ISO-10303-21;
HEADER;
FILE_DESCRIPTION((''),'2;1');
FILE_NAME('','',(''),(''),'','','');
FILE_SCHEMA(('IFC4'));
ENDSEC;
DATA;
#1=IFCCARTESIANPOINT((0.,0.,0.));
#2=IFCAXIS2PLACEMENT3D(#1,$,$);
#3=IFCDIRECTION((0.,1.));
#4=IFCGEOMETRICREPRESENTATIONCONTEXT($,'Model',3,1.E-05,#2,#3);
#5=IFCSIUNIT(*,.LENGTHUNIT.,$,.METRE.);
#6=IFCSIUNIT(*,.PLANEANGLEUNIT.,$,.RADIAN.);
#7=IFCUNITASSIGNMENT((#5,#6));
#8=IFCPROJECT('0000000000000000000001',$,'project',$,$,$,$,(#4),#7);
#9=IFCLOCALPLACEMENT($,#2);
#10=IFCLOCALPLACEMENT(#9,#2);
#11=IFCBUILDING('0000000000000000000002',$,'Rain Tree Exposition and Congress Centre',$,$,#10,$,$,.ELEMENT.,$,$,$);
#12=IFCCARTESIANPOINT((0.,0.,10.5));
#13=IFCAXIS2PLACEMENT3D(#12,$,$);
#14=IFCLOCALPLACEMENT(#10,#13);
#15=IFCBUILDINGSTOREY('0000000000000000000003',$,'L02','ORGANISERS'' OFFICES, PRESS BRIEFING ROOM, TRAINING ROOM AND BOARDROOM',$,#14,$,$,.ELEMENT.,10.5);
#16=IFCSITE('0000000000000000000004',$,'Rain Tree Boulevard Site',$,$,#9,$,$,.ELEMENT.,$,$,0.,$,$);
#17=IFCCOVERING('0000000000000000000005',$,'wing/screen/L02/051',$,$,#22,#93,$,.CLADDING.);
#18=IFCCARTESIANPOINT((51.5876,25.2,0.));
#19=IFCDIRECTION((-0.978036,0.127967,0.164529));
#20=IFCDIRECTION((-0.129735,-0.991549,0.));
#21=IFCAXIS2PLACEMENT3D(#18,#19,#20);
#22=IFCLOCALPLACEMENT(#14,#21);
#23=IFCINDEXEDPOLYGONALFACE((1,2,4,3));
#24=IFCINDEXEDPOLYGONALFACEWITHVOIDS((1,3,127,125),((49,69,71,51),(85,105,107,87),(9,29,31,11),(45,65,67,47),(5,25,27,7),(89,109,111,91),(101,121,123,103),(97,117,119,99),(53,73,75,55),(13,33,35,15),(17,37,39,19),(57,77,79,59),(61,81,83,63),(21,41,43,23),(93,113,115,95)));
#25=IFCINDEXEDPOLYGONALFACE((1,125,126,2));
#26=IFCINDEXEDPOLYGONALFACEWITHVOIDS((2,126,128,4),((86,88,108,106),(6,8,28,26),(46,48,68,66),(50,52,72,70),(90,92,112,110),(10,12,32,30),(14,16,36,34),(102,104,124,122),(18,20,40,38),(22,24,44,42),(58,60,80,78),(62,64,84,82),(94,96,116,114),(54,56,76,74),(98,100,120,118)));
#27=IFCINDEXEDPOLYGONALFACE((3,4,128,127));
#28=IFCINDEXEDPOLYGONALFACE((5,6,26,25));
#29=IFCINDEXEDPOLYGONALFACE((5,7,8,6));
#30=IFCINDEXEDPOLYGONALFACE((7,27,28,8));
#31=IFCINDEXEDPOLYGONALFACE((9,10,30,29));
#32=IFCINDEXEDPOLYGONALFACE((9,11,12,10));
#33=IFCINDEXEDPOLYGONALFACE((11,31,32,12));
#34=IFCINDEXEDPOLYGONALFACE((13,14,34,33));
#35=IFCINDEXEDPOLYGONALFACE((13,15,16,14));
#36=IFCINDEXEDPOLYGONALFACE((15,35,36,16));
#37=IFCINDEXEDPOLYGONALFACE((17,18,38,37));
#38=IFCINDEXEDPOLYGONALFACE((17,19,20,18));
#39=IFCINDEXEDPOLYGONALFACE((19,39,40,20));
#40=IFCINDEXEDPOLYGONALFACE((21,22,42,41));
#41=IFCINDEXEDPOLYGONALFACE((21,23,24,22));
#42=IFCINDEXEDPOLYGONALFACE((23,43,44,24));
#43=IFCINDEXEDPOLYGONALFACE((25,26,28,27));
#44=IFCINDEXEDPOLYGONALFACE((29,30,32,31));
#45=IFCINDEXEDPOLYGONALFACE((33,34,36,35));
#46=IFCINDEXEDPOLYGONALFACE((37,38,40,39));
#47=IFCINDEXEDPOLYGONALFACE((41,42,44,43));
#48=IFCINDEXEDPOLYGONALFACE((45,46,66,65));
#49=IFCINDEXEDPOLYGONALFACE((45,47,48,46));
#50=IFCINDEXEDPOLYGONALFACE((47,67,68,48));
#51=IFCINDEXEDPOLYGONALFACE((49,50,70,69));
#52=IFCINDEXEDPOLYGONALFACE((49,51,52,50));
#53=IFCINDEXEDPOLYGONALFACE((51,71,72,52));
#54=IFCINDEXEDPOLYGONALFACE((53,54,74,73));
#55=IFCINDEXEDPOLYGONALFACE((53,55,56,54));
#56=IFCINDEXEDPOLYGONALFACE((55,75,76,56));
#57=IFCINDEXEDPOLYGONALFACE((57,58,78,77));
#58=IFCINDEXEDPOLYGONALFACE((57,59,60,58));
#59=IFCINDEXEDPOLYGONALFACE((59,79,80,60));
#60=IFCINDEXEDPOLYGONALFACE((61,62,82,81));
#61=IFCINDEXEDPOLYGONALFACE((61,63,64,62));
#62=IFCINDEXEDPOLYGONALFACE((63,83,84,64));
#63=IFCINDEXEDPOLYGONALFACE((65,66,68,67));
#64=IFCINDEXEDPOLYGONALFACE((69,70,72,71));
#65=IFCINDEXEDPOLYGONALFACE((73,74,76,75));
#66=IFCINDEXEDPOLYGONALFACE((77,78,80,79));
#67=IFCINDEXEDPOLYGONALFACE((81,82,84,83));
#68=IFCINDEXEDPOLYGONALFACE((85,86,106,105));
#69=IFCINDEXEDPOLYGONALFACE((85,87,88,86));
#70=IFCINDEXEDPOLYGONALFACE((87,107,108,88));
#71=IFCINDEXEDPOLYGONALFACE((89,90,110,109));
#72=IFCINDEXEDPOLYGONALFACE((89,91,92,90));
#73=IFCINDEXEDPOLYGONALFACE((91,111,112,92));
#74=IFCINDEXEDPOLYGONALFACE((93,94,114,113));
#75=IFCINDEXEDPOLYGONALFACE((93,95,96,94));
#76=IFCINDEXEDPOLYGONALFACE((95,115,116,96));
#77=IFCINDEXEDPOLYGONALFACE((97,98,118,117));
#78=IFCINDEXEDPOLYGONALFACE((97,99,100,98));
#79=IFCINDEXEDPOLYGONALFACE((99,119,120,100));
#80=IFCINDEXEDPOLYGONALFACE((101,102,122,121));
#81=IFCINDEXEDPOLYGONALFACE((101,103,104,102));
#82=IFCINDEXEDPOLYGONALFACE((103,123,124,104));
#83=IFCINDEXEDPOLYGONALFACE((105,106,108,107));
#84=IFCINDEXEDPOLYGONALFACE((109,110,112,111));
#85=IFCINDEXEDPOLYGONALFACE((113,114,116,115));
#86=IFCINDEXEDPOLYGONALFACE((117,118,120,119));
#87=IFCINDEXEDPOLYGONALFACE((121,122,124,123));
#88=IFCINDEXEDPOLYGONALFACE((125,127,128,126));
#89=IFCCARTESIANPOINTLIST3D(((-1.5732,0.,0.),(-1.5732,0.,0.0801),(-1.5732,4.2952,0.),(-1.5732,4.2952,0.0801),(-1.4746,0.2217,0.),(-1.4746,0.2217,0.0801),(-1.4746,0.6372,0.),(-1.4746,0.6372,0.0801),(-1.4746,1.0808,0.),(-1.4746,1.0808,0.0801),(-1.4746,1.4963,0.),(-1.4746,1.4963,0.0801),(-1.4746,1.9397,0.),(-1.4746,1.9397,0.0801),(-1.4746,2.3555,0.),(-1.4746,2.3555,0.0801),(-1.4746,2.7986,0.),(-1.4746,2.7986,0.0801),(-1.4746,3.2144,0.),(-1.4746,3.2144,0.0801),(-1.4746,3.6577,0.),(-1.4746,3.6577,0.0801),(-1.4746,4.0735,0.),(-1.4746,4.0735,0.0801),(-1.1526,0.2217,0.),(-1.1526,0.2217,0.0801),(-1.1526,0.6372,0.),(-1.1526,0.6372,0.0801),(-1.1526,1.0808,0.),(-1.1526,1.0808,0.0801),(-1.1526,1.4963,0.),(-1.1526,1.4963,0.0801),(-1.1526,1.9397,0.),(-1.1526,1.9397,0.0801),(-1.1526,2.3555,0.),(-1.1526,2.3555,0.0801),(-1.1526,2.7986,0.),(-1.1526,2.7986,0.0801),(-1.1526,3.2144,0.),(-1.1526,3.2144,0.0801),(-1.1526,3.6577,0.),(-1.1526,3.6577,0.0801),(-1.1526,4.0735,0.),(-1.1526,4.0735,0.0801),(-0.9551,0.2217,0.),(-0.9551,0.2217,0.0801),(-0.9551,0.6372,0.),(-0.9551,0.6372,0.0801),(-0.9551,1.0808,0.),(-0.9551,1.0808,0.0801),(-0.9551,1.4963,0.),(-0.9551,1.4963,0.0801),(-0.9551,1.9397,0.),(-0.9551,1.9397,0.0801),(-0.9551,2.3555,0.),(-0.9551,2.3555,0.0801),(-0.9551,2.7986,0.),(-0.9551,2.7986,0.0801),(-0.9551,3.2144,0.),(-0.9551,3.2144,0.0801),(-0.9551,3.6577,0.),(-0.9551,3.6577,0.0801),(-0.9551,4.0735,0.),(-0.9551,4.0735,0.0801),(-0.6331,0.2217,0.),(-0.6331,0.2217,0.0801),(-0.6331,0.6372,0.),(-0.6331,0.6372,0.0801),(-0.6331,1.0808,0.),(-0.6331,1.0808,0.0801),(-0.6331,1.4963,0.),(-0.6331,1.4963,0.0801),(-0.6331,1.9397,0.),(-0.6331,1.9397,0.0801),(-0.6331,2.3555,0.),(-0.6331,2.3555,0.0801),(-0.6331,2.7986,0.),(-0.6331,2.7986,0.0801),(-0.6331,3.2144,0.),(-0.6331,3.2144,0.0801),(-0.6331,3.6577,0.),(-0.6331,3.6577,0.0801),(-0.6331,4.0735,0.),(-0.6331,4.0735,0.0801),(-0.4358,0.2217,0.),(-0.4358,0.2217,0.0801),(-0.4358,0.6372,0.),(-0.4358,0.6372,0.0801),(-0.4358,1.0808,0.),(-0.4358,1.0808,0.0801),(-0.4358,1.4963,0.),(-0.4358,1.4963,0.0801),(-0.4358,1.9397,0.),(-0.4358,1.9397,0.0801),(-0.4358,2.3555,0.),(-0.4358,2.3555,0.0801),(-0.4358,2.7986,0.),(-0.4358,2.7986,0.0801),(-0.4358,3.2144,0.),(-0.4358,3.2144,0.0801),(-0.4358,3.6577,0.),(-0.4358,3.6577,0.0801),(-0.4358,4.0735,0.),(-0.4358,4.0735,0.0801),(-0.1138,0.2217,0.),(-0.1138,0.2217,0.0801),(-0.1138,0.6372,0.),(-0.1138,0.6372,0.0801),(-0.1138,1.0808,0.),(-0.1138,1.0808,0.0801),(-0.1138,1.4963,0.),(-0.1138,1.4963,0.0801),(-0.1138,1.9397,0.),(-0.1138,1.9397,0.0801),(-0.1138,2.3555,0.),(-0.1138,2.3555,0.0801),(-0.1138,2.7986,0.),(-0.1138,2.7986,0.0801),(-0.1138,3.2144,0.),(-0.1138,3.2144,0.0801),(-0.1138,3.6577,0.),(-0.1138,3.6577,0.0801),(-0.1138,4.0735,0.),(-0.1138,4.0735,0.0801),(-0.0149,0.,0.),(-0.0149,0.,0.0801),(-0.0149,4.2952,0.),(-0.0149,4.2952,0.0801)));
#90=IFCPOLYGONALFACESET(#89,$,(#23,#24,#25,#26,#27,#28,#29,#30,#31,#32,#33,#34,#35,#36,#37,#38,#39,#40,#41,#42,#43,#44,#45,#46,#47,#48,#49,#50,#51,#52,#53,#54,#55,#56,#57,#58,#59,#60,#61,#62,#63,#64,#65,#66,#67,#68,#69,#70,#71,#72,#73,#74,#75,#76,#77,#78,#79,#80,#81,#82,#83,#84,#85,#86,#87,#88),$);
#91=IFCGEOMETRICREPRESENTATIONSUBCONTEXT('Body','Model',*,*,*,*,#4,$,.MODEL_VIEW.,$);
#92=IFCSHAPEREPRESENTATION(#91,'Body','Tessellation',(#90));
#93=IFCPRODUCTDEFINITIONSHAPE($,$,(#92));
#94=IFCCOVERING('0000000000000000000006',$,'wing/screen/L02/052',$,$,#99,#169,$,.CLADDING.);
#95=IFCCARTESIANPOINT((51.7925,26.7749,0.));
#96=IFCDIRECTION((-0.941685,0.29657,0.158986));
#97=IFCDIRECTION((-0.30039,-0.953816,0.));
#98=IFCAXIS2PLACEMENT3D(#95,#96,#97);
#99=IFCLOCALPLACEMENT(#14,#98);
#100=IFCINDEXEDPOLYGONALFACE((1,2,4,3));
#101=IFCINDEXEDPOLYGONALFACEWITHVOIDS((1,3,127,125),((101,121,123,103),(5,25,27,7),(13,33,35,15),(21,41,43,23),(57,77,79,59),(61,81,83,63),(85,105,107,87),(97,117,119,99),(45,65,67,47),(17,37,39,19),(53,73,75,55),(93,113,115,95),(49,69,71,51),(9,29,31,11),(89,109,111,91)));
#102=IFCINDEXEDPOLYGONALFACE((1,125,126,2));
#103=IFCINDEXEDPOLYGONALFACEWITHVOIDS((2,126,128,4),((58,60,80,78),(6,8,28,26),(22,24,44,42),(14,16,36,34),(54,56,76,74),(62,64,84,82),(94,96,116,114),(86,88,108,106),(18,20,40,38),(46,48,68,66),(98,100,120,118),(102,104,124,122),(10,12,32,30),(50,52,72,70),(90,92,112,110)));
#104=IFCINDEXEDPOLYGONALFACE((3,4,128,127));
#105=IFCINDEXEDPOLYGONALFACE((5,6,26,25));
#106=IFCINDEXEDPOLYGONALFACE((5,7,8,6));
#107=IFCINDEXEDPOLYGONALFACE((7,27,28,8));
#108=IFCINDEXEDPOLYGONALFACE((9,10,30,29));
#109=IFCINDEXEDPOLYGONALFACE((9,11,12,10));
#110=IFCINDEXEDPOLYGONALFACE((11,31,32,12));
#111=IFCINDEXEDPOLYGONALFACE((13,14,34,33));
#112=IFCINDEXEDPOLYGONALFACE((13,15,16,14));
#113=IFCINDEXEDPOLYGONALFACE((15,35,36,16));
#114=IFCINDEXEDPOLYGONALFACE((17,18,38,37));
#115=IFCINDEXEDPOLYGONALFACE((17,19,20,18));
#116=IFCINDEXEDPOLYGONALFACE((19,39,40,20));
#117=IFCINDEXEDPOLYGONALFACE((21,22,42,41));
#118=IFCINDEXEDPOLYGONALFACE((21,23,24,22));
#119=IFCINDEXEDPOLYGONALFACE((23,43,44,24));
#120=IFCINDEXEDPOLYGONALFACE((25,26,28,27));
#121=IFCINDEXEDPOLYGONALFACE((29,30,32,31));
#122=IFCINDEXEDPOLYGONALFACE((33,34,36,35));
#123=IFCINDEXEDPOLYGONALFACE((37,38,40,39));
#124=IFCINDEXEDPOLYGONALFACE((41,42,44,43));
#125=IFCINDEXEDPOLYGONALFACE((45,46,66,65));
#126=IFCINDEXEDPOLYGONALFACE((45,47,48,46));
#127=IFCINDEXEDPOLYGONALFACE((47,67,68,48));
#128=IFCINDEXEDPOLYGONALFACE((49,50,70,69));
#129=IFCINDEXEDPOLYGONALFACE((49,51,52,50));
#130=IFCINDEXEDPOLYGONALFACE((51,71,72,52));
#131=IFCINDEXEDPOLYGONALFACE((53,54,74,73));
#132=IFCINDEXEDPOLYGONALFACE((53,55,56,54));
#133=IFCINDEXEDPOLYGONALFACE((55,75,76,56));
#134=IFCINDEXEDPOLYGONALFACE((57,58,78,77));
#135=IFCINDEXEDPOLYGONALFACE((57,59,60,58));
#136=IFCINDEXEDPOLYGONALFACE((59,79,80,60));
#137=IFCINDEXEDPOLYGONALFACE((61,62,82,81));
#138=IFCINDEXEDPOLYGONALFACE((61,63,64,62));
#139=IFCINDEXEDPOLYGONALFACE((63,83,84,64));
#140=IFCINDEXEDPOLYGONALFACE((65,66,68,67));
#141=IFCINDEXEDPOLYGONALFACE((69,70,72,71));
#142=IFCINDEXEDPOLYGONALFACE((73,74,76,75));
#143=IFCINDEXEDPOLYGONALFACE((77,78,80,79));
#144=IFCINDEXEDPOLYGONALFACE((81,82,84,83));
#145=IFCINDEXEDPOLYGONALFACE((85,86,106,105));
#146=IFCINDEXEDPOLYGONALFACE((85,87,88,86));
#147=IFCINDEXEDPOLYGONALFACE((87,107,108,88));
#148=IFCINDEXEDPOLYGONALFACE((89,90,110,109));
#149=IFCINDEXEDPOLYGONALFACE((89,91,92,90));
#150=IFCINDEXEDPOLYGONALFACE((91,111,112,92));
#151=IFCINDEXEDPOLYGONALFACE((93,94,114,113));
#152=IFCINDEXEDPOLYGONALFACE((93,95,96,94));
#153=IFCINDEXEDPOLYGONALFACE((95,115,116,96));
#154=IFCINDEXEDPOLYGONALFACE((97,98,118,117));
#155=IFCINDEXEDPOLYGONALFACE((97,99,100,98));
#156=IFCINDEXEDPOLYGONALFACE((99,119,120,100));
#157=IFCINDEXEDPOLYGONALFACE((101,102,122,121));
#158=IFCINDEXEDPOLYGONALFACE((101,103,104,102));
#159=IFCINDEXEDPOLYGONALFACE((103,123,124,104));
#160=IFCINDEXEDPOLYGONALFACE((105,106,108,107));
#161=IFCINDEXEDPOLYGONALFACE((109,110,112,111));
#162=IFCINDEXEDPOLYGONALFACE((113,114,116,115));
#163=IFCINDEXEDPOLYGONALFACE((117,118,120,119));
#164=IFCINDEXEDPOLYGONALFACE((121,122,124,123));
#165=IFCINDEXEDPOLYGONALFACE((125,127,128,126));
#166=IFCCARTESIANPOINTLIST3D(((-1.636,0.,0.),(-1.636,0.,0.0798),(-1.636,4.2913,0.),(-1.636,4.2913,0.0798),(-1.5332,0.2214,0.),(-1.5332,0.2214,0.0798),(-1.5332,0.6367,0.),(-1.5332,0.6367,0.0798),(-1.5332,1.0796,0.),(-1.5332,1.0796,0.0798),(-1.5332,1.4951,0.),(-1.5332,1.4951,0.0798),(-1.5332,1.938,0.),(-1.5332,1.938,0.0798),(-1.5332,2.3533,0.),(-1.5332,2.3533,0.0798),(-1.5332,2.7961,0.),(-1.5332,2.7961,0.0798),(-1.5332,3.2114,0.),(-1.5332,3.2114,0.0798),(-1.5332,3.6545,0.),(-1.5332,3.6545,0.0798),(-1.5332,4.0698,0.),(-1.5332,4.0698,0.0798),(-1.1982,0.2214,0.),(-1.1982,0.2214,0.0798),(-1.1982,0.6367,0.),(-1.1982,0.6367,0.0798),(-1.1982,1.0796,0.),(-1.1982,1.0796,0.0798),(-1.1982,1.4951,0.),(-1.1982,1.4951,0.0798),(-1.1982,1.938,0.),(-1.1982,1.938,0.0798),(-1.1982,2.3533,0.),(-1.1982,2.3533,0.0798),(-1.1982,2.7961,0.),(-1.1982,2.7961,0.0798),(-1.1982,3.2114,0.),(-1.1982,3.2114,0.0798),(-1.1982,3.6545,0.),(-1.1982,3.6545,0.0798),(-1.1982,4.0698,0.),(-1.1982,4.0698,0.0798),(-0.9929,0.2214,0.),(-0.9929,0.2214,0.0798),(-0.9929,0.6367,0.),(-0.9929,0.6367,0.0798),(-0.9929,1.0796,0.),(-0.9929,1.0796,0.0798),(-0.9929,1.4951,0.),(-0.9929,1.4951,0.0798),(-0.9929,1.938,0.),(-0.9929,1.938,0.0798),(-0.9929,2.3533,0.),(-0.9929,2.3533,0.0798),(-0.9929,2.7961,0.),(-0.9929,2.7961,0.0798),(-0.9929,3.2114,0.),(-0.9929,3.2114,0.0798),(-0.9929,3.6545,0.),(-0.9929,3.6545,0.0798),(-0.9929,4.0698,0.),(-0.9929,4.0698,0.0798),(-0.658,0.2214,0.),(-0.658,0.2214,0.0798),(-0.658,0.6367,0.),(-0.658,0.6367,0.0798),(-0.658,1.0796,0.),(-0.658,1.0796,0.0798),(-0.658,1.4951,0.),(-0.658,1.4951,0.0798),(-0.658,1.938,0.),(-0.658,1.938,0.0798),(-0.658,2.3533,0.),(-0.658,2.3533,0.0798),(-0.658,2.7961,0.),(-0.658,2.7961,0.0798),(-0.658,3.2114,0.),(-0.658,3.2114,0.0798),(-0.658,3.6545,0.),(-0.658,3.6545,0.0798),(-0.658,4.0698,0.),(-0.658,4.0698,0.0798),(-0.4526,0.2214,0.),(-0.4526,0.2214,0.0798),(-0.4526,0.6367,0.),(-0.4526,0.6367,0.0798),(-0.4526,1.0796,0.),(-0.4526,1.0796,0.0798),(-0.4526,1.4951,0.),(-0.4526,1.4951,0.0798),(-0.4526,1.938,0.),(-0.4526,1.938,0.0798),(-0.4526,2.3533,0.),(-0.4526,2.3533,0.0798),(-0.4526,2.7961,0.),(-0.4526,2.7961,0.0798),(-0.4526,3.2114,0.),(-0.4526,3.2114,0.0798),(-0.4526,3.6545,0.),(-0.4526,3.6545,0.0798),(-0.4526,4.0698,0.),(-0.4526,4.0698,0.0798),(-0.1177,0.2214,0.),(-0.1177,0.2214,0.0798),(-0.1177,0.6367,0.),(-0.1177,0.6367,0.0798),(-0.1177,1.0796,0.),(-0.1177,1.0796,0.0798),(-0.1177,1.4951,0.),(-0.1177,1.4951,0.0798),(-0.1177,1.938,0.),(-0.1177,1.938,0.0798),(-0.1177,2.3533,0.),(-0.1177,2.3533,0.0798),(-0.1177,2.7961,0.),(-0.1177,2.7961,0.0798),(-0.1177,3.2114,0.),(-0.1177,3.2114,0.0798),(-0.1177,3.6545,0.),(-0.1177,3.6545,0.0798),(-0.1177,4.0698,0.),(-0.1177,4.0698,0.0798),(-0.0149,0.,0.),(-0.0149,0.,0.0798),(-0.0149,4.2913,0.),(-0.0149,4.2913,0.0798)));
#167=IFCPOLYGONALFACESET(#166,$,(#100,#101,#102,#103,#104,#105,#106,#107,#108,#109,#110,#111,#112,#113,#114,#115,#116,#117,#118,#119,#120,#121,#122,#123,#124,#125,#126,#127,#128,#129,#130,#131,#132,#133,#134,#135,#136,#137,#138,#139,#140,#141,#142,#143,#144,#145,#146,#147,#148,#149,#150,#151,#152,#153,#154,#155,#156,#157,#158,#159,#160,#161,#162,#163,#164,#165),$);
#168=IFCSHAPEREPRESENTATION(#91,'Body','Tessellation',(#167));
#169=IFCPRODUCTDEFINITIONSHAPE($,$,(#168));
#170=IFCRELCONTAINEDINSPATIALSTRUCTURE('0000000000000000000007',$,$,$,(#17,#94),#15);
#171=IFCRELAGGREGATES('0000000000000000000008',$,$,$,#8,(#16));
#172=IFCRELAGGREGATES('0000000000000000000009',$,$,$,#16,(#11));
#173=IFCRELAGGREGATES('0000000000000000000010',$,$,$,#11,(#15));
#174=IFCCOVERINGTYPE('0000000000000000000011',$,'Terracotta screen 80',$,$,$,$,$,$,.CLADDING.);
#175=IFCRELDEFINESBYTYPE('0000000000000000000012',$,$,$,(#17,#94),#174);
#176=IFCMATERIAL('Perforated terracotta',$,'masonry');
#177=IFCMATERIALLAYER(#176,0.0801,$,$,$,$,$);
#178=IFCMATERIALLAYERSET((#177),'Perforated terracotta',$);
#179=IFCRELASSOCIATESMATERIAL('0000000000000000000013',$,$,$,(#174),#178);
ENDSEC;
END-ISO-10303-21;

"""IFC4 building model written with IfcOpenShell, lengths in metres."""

from ifc_helpers import new_model, si_unit, direction, frame, origin, place, context, subcontext, project, spatial, polyline, outline, extrude, material, layer, layer_set, type_object, element, save


model = new_model("IFC4")

# Units and contexts
model_context = context("Model", 3, precision=1e-05, world=origin(), true_north=direction((0.0, 1.0)))
body_context = subcontext(model_context, "Body", "Model", "MODEL_VIEW")
ifc_project = project(units=[si_unit("LENGTHUNIT", "METRE"), si_unit("PLANEANGLEUNIT", "RADIAN")], contexts=[model_context])

# Site, building, storey
site_placement = place(None, origin())
site = spatial("IfcSite", under=ifc_project, at=site_placement, Name="Rain Tree Boulevard Site", CompositionType="ELEMENT", RefElevation=0.0)
building_placement = place(site_placement, origin())
building = spatial("IfcBuilding", under=site, at=building_placement, Name="Rain Tree Exposition and Congress Centre", CompositionType="ELEMENT")
storey_placement = place(building_placement, frame((0.0, 0.0, 10.5)))
storey = spatial("IfcBuildingStorey", under=building, at=storey_placement, Name="L02", Description="ORGANISERS' OFFICES, PRESS BRIEFING ROOM, TRAINING ROOM AND BOARDROOM", CompositionType="ELEMENT", Elevation=10.5)

# Coverings
ifc_material_1 = material(Name="Perforated terracotta", Category="masonry")
ifc_layer_1 = layer(ifc_material_1, 0.0801)
ifc_layer_set_1 = layer_set([ifc_layer_1], Name="Perforated terracotta")
covering_type = type_object("IfcCoveringType", Name="Terracotta screen 80", PredefinedType="CLADDING", material=ifc_layer_set_1)
covering_1_placement = place(storey_placement, frame((51.5876, 25.2, 0.0), z_axis=(-0.978036, 0.127967, 0.164529), x_axis=(-0.129735, -0.991549, 0.0)))
element("IfcCovering", 1, at=covering_1_placement, inside=storey, type_object=covering_type, Name="wing/screen/L02/051", PredefinedType="CLADDING", context=body_context, shape_type="SweptSolid", body=[
    extrude(outline(polyline([(-1.5732, 0.0), (-1.5732, 4.2952), (-0.0149, 4.2952), (-0.0149, 0.0), (-1.5732, 0.0)]), holes=[polyline([(-0.1138, 0.2217), (-0.1138, 0.6372), (-0.4358, 0.6372), (-0.4358, 0.2217), (-0.1138, 0.2217)]), polyline([(-0.1138, 1.0808), (-0.1138, 1.4963), (-0.4358, 1.4963), (-0.4358, 1.0808), (-0.1138, 1.0808)]), polyline([(-0.1138, 1.9397), (-0.1138, 2.3555), (-0.4358, 2.3555), (-0.4358, 1.9397), (-0.1138, 1.9397)]), polyline([(-0.1138, 2.7986), (-0.1138, 3.2144), (-0.4358, 3.2144), (-0.4358, 2.7986), (-0.1138, 2.7986)]), polyline([(-0.1138, 3.6577), (-0.1138, 4.0735), (-0.4358, 4.0735), (-0.4358, 3.6577), (-0.1138, 3.6577)]), polyline([(-0.6331, 0.2217), (-0.6331, 0.6372), (-0.9551, 0.6372), (-0.9551, 0.2217), (-0.6331, 0.2217)]), polyline([(-0.6331, 1.0808), (-0.6331, 1.4963), (-0.9551, 1.4963), (-0.9551, 1.0808), (-0.6331, 1.0808)]), polyline([(-0.6331, 1.9397), (-0.6331, 2.3555), (-0.9551, 2.3555), (-0.9551, 1.9397), (-0.6331, 1.9397)]), polyline([(-0.6331, 2.7986), (-0.6331, 3.2144), (-0.9551, 3.2144), (-0.9551, 2.7986), (-0.6331, 2.7986)]), polyline([(-0.6331, 3.6577), (-0.6331, 4.0735), (-0.9551, 4.0735), (-0.9551, 3.6577), (-0.6331, 3.6577)]), polyline([(-1.1526, 0.2217), (-1.1526, 0.6372), (-1.4746, 0.6372), (-1.4746, 0.2217), (-1.1526, 0.2217)]), polyline([(-1.1526, 1.0808), (-1.1526, 1.4963), (-1.4746, 1.4963), (-1.4746, 1.0808), (-1.1526, 1.0808)]), polyline([(-1.1526, 1.9397), (-1.1526, 2.3555), (-1.4746, 2.3555), (-1.4746, 1.9397), (-1.1526, 1.9397)]), polyline([(-1.1526, 2.7986), (-1.1526, 3.2144), (-1.4746, 3.2144), (-1.4746, 2.7986), (-1.1526, 2.7986)]), polyline([(-1.1526, 3.6577), (-1.1526, 4.0735), (-1.4746, 4.0735), (-1.4746, 3.6577), (-1.1526, 3.6577)])]), origin(), (0.0, 0.0, 1.0), 0.0801),
])
covering_2_placement = place(storey_placement, frame((51.7925, 26.7749, 0.0), z_axis=(-0.941685, 0.29657, 0.158986), x_axis=(-0.30039, -0.953816, 0.0)))
element("IfcCovering", 2, at=covering_2_placement, inside=storey, type_object=covering_type, Name="wing/screen/L02/052", PredefinedType="CLADDING", context=body_context, shape_type="SweptSolid", body=[
    extrude(outline(polyline([(-1.636, 0.0), (-1.636, 4.2913), (-0.0149, 4.2913), (-0.0149, 0.0), (-1.636, 0.0)]), holes=[polyline([(-0.1177, 0.2214), (-0.1177, 0.6367), (-0.4526, 0.6367), (-0.4526, 0.2214), (-0.1177, 0.2214)]), polyline([(-0.1177, 1.0796), (-0.1177, 1.4951), (-0.4526, 1.4951), (-0.4526, 1.0796), (-0.1177, 1.0796)]), polyline([(-0.1177, 1.938), (-0.1177, 2.3533), (-0.4526, 2.3533), (-0.4526, 1.938), (-0.1177, 1.938)]), polyline([(-0.1177, 2.7961), (-0.1177, 3.2114), (-0.4526, 3.2114), (-0.4526, 2.7961), (-0.1177, 2.7961)]), polyline([(-0.1177, 3.6545), (-0.1177, 4.0698), (-0.4526, 4.0698), (-0.4526, 3.6545), (-0.1177, 3.6545)]), polyline([(-0.658, 0.2214), (-0.658, 0.6367), (-0.9929, 0.6367), (-0.9929, 0.2214), (-0.658, 0.2214)]), polyline([(-0.658, 1.0796), (-0.658, 1.4951), (-0.9929, 1.4951), (-0.9929, 1.0796), (-0.658, 1.0796)]), polyline([(-0.658, 1.938), (-0.658, 2.3533), (-0.9929, 2.3533), (-0.9929, 1.938), (-0.658, 1.938)]), polyline([(-0.658, 2.7961), (-0.658, 3.2114), (-0.9929, 3.2114), (-0.9929, 2.7961), (-0.658, 2.7961)]), polyline([(-0.658, 3.6545), (-0.658, 4.0698), (-0.9929, 4.0698), (-0.9929, 3.6545), (-0.658, 3.6545)]), polyline([(-1.1982, 0.2214), (-1.1982, 0.6367), (-1.5332, 0.6367), (-1.5332, 0.2214), (-1.1982, 0.2214)]), polyline([(-1.1982, 1.0796), (-1.1982, 1.4951), (-1.5332, 1.4951), (-1.5332, 1.0796), (-1.1982, 1.0796)]), polyline([(-1.1982, 1.938), (-1.1982, 2.3533), (-1.5332, 2.3533), (-1.5332, 1.938), (-1.1982, 1.938)]), polyline([(-1.1982, 2.7961), (-1.1982, 3.2114), (-1.5332, 3.2114), (-1.5332, 2.7961), (-1.1982, 2.7961)]), polyline([(-1.1982, 3.6545), (-1.1982, 4.0698), (-1.5332, 4.0698), (-1.5332, 3.6545), (-1.1982, 3.6545)])]), origin(), (0.0, 0.0, 1.0), 0.0798),
])

save(model, "model.ifc")
